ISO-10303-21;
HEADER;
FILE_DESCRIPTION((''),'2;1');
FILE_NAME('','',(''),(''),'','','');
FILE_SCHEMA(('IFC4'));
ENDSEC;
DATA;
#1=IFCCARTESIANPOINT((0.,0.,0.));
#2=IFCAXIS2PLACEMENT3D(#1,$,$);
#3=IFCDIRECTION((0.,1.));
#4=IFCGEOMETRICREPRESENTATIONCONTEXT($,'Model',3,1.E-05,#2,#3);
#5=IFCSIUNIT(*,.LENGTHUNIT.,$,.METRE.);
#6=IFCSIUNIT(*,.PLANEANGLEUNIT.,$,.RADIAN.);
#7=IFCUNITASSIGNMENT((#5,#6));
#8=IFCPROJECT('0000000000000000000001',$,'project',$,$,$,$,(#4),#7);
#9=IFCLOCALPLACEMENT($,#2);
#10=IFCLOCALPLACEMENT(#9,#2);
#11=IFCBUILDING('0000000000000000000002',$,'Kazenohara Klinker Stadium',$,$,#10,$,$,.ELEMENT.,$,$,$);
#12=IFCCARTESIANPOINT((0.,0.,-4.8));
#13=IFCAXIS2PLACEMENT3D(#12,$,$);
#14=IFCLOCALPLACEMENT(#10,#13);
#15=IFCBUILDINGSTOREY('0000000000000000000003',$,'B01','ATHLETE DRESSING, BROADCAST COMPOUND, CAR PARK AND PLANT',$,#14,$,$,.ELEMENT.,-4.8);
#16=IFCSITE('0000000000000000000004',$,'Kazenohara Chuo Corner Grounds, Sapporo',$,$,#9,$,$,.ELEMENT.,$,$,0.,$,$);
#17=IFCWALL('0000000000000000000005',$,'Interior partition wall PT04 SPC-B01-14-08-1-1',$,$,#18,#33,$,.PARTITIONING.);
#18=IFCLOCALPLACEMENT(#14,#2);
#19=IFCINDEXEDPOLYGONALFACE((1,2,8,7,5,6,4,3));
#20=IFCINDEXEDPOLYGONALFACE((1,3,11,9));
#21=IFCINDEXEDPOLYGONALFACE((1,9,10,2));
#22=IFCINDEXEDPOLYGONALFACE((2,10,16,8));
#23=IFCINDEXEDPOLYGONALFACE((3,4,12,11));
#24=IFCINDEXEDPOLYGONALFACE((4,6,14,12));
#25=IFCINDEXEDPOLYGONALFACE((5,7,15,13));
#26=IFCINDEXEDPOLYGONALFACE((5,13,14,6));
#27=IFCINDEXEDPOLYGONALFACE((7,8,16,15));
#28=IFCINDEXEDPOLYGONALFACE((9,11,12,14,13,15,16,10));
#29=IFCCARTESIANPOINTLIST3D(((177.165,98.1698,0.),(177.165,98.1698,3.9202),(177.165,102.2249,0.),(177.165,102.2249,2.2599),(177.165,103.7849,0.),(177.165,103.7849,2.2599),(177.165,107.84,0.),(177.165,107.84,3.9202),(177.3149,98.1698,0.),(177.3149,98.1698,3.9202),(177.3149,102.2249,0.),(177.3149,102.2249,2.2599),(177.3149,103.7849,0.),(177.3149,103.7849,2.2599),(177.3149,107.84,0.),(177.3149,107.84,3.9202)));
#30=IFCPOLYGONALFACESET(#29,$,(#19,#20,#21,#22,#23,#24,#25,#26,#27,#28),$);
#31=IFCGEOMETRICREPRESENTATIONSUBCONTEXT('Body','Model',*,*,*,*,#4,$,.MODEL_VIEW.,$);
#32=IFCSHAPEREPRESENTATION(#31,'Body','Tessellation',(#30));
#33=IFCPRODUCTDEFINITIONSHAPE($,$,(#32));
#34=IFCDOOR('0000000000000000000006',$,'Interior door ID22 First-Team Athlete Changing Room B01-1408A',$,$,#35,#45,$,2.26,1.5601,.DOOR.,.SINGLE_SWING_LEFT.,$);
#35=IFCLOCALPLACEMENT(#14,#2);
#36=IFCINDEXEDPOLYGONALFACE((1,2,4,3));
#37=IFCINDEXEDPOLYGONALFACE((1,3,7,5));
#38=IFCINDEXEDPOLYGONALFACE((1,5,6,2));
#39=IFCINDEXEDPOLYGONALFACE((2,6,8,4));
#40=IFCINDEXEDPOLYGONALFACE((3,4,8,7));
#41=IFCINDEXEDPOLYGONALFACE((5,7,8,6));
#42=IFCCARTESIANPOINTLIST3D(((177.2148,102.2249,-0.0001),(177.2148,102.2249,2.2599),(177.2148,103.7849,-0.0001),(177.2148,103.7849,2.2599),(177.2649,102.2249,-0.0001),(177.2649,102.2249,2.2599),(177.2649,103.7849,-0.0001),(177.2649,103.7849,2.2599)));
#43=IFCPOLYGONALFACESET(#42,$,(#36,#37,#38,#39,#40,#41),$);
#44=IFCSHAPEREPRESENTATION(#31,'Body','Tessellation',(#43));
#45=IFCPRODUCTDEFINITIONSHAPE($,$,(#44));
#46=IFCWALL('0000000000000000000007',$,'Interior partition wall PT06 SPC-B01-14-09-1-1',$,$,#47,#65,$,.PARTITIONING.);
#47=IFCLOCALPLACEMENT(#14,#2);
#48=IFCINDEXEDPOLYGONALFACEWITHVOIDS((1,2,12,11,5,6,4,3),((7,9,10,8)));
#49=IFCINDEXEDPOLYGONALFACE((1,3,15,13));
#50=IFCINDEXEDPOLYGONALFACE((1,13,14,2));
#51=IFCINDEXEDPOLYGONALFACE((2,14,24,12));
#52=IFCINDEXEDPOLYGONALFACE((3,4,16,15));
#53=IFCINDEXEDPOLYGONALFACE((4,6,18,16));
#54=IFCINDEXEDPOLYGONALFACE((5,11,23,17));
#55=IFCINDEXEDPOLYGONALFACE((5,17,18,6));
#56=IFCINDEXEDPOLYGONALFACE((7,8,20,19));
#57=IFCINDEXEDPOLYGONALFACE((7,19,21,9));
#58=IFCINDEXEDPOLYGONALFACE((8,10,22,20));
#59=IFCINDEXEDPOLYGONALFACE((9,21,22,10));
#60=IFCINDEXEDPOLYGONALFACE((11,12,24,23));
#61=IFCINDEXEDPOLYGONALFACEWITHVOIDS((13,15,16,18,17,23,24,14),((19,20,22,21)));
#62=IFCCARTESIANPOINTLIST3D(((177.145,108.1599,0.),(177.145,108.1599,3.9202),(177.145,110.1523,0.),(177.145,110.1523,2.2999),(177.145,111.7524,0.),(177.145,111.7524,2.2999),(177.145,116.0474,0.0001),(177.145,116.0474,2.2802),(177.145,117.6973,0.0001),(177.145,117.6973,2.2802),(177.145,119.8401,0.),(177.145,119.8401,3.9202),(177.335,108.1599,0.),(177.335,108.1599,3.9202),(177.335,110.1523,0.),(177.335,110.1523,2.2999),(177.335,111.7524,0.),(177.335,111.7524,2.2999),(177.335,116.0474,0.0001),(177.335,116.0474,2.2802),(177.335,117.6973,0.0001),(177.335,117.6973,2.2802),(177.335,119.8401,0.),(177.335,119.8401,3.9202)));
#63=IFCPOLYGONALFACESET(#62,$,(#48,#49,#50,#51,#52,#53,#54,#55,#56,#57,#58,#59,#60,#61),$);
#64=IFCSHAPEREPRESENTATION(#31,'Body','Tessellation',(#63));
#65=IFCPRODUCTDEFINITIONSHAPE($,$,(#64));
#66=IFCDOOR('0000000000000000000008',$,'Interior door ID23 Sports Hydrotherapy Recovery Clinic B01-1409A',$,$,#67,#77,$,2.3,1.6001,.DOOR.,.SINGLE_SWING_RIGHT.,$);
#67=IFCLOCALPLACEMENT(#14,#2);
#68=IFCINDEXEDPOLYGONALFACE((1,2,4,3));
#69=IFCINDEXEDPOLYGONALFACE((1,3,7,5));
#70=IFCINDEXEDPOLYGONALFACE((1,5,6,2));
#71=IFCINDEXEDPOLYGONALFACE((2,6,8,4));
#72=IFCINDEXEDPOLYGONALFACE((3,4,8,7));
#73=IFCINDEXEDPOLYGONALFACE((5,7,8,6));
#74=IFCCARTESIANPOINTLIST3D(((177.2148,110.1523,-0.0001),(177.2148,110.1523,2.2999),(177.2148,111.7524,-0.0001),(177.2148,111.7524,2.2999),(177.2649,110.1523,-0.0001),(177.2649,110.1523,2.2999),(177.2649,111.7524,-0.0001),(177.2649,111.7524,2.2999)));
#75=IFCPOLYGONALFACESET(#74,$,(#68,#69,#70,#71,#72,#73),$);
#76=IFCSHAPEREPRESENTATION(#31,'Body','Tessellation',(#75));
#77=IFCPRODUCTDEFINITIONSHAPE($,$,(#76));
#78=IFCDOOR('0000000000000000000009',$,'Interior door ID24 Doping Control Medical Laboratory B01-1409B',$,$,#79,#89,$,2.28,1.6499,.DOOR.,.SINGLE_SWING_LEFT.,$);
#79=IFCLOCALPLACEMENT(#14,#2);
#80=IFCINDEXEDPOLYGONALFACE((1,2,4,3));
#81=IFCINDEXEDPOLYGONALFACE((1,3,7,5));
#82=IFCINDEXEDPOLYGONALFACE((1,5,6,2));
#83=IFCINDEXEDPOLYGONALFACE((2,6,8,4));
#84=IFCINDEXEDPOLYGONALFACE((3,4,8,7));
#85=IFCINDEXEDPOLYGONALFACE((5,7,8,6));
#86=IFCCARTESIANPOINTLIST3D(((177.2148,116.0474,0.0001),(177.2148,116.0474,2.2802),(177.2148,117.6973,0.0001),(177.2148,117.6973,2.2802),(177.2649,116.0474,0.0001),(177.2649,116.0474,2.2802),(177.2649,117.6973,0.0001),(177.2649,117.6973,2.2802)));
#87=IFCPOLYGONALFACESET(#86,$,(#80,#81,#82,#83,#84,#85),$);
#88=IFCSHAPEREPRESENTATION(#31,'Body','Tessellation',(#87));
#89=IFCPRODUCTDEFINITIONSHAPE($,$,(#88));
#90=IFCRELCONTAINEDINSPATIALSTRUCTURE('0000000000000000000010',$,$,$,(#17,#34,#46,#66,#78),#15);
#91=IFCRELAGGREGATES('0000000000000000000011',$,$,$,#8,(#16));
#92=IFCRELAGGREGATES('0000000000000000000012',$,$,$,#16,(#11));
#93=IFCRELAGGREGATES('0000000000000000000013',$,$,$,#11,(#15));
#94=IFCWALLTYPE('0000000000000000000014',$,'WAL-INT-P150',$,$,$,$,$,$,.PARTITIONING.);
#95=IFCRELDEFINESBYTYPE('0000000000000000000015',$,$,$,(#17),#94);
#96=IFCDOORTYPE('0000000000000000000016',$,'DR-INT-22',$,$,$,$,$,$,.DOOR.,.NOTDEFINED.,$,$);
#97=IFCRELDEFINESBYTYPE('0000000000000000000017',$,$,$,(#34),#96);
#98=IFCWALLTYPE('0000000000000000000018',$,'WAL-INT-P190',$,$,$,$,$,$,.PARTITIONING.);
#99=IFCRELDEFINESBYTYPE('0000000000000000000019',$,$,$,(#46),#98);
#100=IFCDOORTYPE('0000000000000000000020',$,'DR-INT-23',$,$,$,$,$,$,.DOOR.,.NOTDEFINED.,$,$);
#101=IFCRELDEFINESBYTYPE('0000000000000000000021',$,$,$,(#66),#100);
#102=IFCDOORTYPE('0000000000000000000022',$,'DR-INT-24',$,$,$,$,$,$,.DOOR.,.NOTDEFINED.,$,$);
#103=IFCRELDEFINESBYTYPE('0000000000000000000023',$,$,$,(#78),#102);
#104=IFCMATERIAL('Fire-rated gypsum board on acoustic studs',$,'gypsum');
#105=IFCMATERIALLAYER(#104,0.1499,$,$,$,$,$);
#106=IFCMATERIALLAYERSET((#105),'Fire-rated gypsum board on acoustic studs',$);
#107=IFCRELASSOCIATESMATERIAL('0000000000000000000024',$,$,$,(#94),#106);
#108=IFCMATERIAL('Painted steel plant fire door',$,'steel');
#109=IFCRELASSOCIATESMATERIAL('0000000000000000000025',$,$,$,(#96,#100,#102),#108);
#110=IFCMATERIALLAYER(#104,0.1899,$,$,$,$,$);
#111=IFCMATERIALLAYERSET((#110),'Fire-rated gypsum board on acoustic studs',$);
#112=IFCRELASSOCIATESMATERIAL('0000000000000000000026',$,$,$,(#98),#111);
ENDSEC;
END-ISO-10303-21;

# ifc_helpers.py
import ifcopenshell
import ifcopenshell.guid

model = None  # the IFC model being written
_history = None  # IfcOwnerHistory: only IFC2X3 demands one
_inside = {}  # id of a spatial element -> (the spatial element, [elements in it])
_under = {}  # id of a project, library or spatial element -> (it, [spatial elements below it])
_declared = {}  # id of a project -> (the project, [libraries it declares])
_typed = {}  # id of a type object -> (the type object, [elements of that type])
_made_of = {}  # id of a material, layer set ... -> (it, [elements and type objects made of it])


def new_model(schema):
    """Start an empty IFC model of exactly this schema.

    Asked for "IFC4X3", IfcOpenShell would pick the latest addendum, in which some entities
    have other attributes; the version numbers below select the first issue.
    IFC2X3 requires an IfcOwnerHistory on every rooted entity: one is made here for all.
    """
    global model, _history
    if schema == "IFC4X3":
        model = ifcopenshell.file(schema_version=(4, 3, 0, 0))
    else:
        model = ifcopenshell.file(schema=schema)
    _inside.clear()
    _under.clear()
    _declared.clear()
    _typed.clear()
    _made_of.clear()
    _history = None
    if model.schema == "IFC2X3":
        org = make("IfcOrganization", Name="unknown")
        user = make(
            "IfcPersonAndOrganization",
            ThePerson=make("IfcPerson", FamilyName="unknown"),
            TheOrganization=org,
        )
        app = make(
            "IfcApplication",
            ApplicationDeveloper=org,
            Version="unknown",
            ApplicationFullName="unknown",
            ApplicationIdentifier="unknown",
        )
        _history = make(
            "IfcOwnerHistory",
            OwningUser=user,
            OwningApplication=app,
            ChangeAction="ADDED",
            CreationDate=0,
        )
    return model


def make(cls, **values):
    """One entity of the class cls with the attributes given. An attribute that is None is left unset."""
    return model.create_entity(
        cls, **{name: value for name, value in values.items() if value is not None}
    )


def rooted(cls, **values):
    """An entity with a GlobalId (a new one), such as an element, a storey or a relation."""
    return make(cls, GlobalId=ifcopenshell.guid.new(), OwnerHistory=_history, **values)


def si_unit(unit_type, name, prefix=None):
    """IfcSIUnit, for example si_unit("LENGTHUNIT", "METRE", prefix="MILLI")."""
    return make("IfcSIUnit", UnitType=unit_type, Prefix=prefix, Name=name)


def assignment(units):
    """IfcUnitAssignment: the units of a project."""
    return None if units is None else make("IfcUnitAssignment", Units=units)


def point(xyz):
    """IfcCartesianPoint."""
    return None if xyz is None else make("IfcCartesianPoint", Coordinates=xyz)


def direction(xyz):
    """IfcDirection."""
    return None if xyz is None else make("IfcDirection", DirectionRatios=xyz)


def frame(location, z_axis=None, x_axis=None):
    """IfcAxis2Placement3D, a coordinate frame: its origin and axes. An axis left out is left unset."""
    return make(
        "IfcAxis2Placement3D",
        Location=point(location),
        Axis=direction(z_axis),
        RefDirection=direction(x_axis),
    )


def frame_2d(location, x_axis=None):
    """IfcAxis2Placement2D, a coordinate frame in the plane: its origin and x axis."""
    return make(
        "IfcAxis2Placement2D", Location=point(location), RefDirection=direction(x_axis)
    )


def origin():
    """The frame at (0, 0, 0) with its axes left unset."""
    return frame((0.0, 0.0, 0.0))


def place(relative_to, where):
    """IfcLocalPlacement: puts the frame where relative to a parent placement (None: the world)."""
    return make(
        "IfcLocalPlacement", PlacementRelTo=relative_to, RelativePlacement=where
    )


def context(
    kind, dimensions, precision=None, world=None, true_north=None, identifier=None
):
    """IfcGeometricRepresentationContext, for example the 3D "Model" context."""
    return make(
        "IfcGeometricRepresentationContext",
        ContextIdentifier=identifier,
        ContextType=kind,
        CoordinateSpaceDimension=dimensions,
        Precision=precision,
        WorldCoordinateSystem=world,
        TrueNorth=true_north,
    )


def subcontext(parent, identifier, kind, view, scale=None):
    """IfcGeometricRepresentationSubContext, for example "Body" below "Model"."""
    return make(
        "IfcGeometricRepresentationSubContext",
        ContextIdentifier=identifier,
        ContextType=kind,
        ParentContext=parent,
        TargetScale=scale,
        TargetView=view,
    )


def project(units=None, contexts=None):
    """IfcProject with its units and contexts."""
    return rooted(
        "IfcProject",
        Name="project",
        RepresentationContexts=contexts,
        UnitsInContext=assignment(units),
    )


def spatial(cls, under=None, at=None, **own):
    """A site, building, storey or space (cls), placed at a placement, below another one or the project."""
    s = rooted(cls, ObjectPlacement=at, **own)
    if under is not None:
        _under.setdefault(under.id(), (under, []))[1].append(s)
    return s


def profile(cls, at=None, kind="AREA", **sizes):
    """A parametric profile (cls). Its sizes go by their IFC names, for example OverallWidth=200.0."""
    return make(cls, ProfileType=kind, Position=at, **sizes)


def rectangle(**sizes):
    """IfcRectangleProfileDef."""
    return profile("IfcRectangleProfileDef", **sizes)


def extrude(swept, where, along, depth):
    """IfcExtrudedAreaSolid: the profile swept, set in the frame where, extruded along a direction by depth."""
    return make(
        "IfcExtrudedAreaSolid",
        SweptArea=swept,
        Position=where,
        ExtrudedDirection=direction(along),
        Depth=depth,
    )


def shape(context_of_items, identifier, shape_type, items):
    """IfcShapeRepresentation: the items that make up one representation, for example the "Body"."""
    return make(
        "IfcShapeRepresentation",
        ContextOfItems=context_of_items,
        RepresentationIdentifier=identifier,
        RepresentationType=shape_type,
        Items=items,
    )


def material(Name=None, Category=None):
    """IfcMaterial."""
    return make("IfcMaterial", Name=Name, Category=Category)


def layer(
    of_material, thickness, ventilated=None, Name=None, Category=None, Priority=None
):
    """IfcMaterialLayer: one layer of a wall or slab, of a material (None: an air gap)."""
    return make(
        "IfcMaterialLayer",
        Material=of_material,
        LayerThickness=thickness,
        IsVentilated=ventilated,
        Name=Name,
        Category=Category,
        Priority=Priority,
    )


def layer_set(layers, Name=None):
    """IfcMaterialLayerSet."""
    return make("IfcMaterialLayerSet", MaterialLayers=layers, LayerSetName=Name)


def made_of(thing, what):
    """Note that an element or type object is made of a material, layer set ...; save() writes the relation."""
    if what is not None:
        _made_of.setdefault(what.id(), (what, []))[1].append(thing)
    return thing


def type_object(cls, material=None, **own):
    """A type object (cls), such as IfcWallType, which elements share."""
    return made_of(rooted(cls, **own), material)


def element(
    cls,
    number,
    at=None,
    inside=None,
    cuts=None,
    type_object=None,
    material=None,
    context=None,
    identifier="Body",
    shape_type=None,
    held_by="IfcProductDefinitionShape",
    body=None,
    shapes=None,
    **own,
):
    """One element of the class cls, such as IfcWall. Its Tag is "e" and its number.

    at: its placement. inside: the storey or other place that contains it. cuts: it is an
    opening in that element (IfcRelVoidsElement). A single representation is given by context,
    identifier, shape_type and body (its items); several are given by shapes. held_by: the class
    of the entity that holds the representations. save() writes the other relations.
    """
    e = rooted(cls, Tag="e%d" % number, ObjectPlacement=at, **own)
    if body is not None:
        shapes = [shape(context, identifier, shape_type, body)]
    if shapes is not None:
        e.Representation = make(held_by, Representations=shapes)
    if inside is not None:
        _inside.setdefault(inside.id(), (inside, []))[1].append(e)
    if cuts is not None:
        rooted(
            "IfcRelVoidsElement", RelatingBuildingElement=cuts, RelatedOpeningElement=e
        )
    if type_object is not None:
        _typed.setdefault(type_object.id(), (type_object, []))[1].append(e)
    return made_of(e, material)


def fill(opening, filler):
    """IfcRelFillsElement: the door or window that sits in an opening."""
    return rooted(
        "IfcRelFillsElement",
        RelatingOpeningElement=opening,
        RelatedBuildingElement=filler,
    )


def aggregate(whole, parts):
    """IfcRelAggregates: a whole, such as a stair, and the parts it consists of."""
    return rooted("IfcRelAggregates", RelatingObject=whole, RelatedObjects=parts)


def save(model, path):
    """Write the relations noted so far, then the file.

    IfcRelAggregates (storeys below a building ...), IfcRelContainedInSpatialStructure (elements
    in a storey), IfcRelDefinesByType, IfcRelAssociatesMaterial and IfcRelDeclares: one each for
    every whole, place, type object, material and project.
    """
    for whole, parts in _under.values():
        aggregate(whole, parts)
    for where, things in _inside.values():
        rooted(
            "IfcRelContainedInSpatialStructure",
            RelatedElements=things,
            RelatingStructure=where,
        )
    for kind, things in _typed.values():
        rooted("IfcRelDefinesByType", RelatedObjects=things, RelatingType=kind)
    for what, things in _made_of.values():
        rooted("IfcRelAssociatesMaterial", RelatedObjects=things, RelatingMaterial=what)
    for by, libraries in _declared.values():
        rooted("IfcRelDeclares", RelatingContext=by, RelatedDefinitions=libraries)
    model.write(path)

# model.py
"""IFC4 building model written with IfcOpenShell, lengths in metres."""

from ifc_helpers import new_model, si_unit, direction, frame, frame_2d, origin, place, context, subcontext, project, spatial, rectangle, extrude, material, layer, layer_set, type_object, element, fill, save


model = new_model("IFC4")

# Units and contexts
model_context = context("Model", 3, precision=1e-05, world=origin(), true_north=direction((0.0, 1.0)))
body_context = subcontext(model_context, "Body", "Model", "MODEL_VIEW")
ifc_project = project(units=[si_unit("LENGTHUNIT", "METRE"), si_unit("PLANEANGLEUNIT", "RADIAN")], contexts=[model_context])

# Site, building, storey
site_placement = place(None, origin())
site = spatial("IfcSite", under=ifc_project, at=site_placement, Name="Kazenohara Chuo Corner Grounds, Sapporo", CompositionType="ELEMENT", RefElevation=0.0)
building_placement = place(site_placement, origin())
building = spatial("IfcBuilding", under=site, at=building_placement, Name="Kazenohara Klinker Stadium", CompositionType="ELEMENT")
storey_placement = place(building_placement, frame((0.0, 0.0, -4.8)))
storey = spatial("IfcBuildingStorey", under=building, at=storey_placement, Name="B01", Description="ATHLETE DRESSING, BROADCAST COMPOUND, CAR PARK AND PLANT", CompositionType="ELEMENT", Elevation=-4.8)

# Wall, opening, door
ifc_material_1 = material(Name="Fire-rated gypsum board on acoustic studs", Category="gypsum")
ifc_layer_1 = layer(ifc_material_1, 0.1499)
ifc_layer_set_1 = layer_set([ifc_layer_1], Name="Fire-rated gypsum board on acoustic studs")
wall_type_1 = type_object("IfcWallType", Name="WAL-INT-P150", PredefinedType="PARTITIONING", material=ifc_layer_set_1)
wall_1_placement = place(storey_placement, frame((177.24, 98.1699, 0.0), z_axis=(0.0, 0.0, 1.0), x_axis=(0.0, 1.0, 0.0)))
wall_1 = element("IfcWall", 1, at=wall_1_placement, inside=storey, type_object=wall_type_1, Name="Interior partition wall PT04 SPC-B01-14-08-1-1", PredefinedType="PARTITIONING", context=body_context, shape_type="SweptSolid", body=[
    extrude(rectangle(XDim=9.6702, YDim=0.1499, at=frame_2d((4.835, 0.0))), origin(), (0.0, 0.0, 1.0), 3.9202),
])
opening_1_placement = place(wall_1_placement, frame((5.615, 0.0, 0.0), z_axis=(0.0, 0.0, 1.0), x_axis=(-1.0, 0.0, 0.0)))
opening_1 = element("IfcOpeningElement", 2, at=opening_1_placement, cuts=wall_1, PredefinedType="OPENING", context=body_context, shape_type="SweptSolid", body=[
    extrude(rectangle(XDim=1.5601, YDim=2.26, at=frame_2d((0.78, 1.1299))), frame((0.0, 0.085, 0.0), z_axis=(0.0, -1.0, 0.0), x_axis=(1.0, 0.0, 0.0)), (0.0, 0.0, 1.0), 0.1699),
])
ifc_material_2 = material(Name="Painted steel plant fire door", Category="steel")
door_type_1 = type_object("IfcDoorType", Name="DR-INT-22", OperationType="NOTDEFINED", PredefinedType="DOOR", material=ifc_material_2)
door_1_placement = place(opening_1_placement, origin())
door_1 = element("IfcDoor", 3, at=door_1_placement, inside=storey, type_object=door_type_1, Name="Interior door ID22 First-Team Athlete Changing Room B01-1408A", OperationType="SINGLE_SWING_LEFT", OverallHeight=2.26, OverallWidth=1.5601, PredefinedType="DOOR", context=body_context, shape_type="SweptSolid", body=[
    extrude(rectangle(XDim=1.5601, YDim=2.26, at=frame_2d((0.78, 1.1299))), frame((0.0, 0.0249, 0.0), z_axis=(0.0, -1.0, 0.0), x_axis=(1.0, 0.0, 0.0)), (0.0, 0.0, 1.0), 0.05),
])
fill(opening_1, door_1)

# Wall, openings, doors
ifc_layer_2 = layer(ifc_material_1, 0.1899)
ifc_layer_set_2 = layer_set([ifc_layer_2], Name="Fire-rated gypsum board on acoustic studs")
wall_type_2 = type_object("IfcWallType", Name="WAL-INT-P190", PredefinedType="PARTITIONING", material=ifc_layer_set_2)
wall_2_placement = place(storey_placement, frame((177.24, 108.1599, 0.0), z_axis=(0.0, 0.0, 1.0), x_axis=(0.0, 1.0, 0.0)))
wall_2 = element("IfcWall", 4, at=wall_2_placement, inside=storey, type_object=wall_type_2, Name="Interior partition wall PT06 SPC-B01-14-09-1-1", PredefinedType="PARTITIONING", context=body_context, shape_type="SweptSolid", body=[
    extrude(rectangle(XDim=11.6802, YDim=0.1899, at=frame_2d((5.8401, 0.0))), origin(), (0.0, 0.0, 1.0), 3.9202),
])
opening_2_placement = place(wall_2_placement, frame((3.5925, 0.0, 0.0), z_axis=(0.0, 0.0, 1.0), x_axis=(-1.0, 0.0, 0.0)))
opening_2 = element("IfcOpeningElement", 5, at=opening_2_placement, cuts=wall_2, PredefinedType="OPENING", context=body_context, shape_type="SweptSolid", body=[
    extrude(rectangle(XDim=1.6001, YDim=2.3, at=frame_2d((0.8, 1.1499))), frame((0.0, 0.105, 0.0), z_axis=(0.0, -1.0, 0.0), x_axis=(1.0, 0.0, 0.0)), (0.0, 0.0, 1.0), 0.21),
])
opening_3_placement = place(wall_2_placement, frame((9.5374, 0.0, 0.0), z_axis=(0.0, 0.0, 1.0), x_axis=(-1.0, 0.0, 0.0)))
opening_3 = element("IfcOpeningElement", 6, at=opening_3_placement, cuts=wall_2, PredefinedType="OPENING", context=body_context, shape_type="SweptSolid", body=[
    extrude(rectangle(XDim=1.6499, YDim=2.28, at=frame_2d((0.825, 1.1401))), frame((0.0, 0.105, 0.0), z_axis=(0.0, -1.0, 0.0), x_axis=(1.0, 0.0, 0.0)), (0.0, 0.0, 1.0), 0.21),
])
door_type_2 = type_object("IfcDoorType", Name="DR-INT-23", OperationType="NOTDEFINED", PredefinedType="DOOR", material=ifc_material_2)
door_2_placement = place(opening_2_placement, origin())
door_2 = element("IfcDoor", 7, at=door_2_placement, inside=storey, type_object=door_type_2, Name="Interior door ID23 Sports Hydrotherapy Recovery Clinic B01-1409A", OperationType="SINGLE_SWING_RIGHT", OverallHeight=2.3, OverallWidth=1.6001, PredefinedType="DOOR", context=body_context, shape_type="SweptSolid", body=[
    extrude(rectangle(XDim=1.6001, YDim=2.3, at=frame_2d((0.8, 1.1499))), frame((0.0, 0.0249, 0.0), z_axis=(0.0, -1.0, 0.0), x_axis=(1.0, 0.0, 0.0)), (0.0, 0.0, 1.0), 0.05),
])
fill(opening_2, door_2)
door_type_3 = type_object("IfcDoorType", Name="DR-INT-24", OperationType="NOTDEFINED", PredefinedType="DOOR", material=ifc_material_2)
door_3_placement = place(opening_3_placement, origin())
door_3 = element("IfcDoor", 8, at=door_3_placement, inside=storey, type_object=door_type_3, Name="Interior door ID24 Doping Control Medical Laboratory B01-1409B", OperationType="SINGLE_SWING_LEFT", OverallHeight=2.28, OverallWidth=1.6499, PredefinedType="DOOR", context=body_context, shape_type="SweptSolid", body=[
    extrude(rectangle(XDim=1.6499, YDim=2.28, at=frame_2d((0.825, 1.1401))), frame((0.0, 0.0249, 0.0), z_axis=(0.0, -1.0, 0.0), x_axis=(1.0, 0.0, 0.0)), (0.0, 0.0, 1.0), 0.05),
])
fill(opening_3, door_3)

save(model, "model.ifc")
